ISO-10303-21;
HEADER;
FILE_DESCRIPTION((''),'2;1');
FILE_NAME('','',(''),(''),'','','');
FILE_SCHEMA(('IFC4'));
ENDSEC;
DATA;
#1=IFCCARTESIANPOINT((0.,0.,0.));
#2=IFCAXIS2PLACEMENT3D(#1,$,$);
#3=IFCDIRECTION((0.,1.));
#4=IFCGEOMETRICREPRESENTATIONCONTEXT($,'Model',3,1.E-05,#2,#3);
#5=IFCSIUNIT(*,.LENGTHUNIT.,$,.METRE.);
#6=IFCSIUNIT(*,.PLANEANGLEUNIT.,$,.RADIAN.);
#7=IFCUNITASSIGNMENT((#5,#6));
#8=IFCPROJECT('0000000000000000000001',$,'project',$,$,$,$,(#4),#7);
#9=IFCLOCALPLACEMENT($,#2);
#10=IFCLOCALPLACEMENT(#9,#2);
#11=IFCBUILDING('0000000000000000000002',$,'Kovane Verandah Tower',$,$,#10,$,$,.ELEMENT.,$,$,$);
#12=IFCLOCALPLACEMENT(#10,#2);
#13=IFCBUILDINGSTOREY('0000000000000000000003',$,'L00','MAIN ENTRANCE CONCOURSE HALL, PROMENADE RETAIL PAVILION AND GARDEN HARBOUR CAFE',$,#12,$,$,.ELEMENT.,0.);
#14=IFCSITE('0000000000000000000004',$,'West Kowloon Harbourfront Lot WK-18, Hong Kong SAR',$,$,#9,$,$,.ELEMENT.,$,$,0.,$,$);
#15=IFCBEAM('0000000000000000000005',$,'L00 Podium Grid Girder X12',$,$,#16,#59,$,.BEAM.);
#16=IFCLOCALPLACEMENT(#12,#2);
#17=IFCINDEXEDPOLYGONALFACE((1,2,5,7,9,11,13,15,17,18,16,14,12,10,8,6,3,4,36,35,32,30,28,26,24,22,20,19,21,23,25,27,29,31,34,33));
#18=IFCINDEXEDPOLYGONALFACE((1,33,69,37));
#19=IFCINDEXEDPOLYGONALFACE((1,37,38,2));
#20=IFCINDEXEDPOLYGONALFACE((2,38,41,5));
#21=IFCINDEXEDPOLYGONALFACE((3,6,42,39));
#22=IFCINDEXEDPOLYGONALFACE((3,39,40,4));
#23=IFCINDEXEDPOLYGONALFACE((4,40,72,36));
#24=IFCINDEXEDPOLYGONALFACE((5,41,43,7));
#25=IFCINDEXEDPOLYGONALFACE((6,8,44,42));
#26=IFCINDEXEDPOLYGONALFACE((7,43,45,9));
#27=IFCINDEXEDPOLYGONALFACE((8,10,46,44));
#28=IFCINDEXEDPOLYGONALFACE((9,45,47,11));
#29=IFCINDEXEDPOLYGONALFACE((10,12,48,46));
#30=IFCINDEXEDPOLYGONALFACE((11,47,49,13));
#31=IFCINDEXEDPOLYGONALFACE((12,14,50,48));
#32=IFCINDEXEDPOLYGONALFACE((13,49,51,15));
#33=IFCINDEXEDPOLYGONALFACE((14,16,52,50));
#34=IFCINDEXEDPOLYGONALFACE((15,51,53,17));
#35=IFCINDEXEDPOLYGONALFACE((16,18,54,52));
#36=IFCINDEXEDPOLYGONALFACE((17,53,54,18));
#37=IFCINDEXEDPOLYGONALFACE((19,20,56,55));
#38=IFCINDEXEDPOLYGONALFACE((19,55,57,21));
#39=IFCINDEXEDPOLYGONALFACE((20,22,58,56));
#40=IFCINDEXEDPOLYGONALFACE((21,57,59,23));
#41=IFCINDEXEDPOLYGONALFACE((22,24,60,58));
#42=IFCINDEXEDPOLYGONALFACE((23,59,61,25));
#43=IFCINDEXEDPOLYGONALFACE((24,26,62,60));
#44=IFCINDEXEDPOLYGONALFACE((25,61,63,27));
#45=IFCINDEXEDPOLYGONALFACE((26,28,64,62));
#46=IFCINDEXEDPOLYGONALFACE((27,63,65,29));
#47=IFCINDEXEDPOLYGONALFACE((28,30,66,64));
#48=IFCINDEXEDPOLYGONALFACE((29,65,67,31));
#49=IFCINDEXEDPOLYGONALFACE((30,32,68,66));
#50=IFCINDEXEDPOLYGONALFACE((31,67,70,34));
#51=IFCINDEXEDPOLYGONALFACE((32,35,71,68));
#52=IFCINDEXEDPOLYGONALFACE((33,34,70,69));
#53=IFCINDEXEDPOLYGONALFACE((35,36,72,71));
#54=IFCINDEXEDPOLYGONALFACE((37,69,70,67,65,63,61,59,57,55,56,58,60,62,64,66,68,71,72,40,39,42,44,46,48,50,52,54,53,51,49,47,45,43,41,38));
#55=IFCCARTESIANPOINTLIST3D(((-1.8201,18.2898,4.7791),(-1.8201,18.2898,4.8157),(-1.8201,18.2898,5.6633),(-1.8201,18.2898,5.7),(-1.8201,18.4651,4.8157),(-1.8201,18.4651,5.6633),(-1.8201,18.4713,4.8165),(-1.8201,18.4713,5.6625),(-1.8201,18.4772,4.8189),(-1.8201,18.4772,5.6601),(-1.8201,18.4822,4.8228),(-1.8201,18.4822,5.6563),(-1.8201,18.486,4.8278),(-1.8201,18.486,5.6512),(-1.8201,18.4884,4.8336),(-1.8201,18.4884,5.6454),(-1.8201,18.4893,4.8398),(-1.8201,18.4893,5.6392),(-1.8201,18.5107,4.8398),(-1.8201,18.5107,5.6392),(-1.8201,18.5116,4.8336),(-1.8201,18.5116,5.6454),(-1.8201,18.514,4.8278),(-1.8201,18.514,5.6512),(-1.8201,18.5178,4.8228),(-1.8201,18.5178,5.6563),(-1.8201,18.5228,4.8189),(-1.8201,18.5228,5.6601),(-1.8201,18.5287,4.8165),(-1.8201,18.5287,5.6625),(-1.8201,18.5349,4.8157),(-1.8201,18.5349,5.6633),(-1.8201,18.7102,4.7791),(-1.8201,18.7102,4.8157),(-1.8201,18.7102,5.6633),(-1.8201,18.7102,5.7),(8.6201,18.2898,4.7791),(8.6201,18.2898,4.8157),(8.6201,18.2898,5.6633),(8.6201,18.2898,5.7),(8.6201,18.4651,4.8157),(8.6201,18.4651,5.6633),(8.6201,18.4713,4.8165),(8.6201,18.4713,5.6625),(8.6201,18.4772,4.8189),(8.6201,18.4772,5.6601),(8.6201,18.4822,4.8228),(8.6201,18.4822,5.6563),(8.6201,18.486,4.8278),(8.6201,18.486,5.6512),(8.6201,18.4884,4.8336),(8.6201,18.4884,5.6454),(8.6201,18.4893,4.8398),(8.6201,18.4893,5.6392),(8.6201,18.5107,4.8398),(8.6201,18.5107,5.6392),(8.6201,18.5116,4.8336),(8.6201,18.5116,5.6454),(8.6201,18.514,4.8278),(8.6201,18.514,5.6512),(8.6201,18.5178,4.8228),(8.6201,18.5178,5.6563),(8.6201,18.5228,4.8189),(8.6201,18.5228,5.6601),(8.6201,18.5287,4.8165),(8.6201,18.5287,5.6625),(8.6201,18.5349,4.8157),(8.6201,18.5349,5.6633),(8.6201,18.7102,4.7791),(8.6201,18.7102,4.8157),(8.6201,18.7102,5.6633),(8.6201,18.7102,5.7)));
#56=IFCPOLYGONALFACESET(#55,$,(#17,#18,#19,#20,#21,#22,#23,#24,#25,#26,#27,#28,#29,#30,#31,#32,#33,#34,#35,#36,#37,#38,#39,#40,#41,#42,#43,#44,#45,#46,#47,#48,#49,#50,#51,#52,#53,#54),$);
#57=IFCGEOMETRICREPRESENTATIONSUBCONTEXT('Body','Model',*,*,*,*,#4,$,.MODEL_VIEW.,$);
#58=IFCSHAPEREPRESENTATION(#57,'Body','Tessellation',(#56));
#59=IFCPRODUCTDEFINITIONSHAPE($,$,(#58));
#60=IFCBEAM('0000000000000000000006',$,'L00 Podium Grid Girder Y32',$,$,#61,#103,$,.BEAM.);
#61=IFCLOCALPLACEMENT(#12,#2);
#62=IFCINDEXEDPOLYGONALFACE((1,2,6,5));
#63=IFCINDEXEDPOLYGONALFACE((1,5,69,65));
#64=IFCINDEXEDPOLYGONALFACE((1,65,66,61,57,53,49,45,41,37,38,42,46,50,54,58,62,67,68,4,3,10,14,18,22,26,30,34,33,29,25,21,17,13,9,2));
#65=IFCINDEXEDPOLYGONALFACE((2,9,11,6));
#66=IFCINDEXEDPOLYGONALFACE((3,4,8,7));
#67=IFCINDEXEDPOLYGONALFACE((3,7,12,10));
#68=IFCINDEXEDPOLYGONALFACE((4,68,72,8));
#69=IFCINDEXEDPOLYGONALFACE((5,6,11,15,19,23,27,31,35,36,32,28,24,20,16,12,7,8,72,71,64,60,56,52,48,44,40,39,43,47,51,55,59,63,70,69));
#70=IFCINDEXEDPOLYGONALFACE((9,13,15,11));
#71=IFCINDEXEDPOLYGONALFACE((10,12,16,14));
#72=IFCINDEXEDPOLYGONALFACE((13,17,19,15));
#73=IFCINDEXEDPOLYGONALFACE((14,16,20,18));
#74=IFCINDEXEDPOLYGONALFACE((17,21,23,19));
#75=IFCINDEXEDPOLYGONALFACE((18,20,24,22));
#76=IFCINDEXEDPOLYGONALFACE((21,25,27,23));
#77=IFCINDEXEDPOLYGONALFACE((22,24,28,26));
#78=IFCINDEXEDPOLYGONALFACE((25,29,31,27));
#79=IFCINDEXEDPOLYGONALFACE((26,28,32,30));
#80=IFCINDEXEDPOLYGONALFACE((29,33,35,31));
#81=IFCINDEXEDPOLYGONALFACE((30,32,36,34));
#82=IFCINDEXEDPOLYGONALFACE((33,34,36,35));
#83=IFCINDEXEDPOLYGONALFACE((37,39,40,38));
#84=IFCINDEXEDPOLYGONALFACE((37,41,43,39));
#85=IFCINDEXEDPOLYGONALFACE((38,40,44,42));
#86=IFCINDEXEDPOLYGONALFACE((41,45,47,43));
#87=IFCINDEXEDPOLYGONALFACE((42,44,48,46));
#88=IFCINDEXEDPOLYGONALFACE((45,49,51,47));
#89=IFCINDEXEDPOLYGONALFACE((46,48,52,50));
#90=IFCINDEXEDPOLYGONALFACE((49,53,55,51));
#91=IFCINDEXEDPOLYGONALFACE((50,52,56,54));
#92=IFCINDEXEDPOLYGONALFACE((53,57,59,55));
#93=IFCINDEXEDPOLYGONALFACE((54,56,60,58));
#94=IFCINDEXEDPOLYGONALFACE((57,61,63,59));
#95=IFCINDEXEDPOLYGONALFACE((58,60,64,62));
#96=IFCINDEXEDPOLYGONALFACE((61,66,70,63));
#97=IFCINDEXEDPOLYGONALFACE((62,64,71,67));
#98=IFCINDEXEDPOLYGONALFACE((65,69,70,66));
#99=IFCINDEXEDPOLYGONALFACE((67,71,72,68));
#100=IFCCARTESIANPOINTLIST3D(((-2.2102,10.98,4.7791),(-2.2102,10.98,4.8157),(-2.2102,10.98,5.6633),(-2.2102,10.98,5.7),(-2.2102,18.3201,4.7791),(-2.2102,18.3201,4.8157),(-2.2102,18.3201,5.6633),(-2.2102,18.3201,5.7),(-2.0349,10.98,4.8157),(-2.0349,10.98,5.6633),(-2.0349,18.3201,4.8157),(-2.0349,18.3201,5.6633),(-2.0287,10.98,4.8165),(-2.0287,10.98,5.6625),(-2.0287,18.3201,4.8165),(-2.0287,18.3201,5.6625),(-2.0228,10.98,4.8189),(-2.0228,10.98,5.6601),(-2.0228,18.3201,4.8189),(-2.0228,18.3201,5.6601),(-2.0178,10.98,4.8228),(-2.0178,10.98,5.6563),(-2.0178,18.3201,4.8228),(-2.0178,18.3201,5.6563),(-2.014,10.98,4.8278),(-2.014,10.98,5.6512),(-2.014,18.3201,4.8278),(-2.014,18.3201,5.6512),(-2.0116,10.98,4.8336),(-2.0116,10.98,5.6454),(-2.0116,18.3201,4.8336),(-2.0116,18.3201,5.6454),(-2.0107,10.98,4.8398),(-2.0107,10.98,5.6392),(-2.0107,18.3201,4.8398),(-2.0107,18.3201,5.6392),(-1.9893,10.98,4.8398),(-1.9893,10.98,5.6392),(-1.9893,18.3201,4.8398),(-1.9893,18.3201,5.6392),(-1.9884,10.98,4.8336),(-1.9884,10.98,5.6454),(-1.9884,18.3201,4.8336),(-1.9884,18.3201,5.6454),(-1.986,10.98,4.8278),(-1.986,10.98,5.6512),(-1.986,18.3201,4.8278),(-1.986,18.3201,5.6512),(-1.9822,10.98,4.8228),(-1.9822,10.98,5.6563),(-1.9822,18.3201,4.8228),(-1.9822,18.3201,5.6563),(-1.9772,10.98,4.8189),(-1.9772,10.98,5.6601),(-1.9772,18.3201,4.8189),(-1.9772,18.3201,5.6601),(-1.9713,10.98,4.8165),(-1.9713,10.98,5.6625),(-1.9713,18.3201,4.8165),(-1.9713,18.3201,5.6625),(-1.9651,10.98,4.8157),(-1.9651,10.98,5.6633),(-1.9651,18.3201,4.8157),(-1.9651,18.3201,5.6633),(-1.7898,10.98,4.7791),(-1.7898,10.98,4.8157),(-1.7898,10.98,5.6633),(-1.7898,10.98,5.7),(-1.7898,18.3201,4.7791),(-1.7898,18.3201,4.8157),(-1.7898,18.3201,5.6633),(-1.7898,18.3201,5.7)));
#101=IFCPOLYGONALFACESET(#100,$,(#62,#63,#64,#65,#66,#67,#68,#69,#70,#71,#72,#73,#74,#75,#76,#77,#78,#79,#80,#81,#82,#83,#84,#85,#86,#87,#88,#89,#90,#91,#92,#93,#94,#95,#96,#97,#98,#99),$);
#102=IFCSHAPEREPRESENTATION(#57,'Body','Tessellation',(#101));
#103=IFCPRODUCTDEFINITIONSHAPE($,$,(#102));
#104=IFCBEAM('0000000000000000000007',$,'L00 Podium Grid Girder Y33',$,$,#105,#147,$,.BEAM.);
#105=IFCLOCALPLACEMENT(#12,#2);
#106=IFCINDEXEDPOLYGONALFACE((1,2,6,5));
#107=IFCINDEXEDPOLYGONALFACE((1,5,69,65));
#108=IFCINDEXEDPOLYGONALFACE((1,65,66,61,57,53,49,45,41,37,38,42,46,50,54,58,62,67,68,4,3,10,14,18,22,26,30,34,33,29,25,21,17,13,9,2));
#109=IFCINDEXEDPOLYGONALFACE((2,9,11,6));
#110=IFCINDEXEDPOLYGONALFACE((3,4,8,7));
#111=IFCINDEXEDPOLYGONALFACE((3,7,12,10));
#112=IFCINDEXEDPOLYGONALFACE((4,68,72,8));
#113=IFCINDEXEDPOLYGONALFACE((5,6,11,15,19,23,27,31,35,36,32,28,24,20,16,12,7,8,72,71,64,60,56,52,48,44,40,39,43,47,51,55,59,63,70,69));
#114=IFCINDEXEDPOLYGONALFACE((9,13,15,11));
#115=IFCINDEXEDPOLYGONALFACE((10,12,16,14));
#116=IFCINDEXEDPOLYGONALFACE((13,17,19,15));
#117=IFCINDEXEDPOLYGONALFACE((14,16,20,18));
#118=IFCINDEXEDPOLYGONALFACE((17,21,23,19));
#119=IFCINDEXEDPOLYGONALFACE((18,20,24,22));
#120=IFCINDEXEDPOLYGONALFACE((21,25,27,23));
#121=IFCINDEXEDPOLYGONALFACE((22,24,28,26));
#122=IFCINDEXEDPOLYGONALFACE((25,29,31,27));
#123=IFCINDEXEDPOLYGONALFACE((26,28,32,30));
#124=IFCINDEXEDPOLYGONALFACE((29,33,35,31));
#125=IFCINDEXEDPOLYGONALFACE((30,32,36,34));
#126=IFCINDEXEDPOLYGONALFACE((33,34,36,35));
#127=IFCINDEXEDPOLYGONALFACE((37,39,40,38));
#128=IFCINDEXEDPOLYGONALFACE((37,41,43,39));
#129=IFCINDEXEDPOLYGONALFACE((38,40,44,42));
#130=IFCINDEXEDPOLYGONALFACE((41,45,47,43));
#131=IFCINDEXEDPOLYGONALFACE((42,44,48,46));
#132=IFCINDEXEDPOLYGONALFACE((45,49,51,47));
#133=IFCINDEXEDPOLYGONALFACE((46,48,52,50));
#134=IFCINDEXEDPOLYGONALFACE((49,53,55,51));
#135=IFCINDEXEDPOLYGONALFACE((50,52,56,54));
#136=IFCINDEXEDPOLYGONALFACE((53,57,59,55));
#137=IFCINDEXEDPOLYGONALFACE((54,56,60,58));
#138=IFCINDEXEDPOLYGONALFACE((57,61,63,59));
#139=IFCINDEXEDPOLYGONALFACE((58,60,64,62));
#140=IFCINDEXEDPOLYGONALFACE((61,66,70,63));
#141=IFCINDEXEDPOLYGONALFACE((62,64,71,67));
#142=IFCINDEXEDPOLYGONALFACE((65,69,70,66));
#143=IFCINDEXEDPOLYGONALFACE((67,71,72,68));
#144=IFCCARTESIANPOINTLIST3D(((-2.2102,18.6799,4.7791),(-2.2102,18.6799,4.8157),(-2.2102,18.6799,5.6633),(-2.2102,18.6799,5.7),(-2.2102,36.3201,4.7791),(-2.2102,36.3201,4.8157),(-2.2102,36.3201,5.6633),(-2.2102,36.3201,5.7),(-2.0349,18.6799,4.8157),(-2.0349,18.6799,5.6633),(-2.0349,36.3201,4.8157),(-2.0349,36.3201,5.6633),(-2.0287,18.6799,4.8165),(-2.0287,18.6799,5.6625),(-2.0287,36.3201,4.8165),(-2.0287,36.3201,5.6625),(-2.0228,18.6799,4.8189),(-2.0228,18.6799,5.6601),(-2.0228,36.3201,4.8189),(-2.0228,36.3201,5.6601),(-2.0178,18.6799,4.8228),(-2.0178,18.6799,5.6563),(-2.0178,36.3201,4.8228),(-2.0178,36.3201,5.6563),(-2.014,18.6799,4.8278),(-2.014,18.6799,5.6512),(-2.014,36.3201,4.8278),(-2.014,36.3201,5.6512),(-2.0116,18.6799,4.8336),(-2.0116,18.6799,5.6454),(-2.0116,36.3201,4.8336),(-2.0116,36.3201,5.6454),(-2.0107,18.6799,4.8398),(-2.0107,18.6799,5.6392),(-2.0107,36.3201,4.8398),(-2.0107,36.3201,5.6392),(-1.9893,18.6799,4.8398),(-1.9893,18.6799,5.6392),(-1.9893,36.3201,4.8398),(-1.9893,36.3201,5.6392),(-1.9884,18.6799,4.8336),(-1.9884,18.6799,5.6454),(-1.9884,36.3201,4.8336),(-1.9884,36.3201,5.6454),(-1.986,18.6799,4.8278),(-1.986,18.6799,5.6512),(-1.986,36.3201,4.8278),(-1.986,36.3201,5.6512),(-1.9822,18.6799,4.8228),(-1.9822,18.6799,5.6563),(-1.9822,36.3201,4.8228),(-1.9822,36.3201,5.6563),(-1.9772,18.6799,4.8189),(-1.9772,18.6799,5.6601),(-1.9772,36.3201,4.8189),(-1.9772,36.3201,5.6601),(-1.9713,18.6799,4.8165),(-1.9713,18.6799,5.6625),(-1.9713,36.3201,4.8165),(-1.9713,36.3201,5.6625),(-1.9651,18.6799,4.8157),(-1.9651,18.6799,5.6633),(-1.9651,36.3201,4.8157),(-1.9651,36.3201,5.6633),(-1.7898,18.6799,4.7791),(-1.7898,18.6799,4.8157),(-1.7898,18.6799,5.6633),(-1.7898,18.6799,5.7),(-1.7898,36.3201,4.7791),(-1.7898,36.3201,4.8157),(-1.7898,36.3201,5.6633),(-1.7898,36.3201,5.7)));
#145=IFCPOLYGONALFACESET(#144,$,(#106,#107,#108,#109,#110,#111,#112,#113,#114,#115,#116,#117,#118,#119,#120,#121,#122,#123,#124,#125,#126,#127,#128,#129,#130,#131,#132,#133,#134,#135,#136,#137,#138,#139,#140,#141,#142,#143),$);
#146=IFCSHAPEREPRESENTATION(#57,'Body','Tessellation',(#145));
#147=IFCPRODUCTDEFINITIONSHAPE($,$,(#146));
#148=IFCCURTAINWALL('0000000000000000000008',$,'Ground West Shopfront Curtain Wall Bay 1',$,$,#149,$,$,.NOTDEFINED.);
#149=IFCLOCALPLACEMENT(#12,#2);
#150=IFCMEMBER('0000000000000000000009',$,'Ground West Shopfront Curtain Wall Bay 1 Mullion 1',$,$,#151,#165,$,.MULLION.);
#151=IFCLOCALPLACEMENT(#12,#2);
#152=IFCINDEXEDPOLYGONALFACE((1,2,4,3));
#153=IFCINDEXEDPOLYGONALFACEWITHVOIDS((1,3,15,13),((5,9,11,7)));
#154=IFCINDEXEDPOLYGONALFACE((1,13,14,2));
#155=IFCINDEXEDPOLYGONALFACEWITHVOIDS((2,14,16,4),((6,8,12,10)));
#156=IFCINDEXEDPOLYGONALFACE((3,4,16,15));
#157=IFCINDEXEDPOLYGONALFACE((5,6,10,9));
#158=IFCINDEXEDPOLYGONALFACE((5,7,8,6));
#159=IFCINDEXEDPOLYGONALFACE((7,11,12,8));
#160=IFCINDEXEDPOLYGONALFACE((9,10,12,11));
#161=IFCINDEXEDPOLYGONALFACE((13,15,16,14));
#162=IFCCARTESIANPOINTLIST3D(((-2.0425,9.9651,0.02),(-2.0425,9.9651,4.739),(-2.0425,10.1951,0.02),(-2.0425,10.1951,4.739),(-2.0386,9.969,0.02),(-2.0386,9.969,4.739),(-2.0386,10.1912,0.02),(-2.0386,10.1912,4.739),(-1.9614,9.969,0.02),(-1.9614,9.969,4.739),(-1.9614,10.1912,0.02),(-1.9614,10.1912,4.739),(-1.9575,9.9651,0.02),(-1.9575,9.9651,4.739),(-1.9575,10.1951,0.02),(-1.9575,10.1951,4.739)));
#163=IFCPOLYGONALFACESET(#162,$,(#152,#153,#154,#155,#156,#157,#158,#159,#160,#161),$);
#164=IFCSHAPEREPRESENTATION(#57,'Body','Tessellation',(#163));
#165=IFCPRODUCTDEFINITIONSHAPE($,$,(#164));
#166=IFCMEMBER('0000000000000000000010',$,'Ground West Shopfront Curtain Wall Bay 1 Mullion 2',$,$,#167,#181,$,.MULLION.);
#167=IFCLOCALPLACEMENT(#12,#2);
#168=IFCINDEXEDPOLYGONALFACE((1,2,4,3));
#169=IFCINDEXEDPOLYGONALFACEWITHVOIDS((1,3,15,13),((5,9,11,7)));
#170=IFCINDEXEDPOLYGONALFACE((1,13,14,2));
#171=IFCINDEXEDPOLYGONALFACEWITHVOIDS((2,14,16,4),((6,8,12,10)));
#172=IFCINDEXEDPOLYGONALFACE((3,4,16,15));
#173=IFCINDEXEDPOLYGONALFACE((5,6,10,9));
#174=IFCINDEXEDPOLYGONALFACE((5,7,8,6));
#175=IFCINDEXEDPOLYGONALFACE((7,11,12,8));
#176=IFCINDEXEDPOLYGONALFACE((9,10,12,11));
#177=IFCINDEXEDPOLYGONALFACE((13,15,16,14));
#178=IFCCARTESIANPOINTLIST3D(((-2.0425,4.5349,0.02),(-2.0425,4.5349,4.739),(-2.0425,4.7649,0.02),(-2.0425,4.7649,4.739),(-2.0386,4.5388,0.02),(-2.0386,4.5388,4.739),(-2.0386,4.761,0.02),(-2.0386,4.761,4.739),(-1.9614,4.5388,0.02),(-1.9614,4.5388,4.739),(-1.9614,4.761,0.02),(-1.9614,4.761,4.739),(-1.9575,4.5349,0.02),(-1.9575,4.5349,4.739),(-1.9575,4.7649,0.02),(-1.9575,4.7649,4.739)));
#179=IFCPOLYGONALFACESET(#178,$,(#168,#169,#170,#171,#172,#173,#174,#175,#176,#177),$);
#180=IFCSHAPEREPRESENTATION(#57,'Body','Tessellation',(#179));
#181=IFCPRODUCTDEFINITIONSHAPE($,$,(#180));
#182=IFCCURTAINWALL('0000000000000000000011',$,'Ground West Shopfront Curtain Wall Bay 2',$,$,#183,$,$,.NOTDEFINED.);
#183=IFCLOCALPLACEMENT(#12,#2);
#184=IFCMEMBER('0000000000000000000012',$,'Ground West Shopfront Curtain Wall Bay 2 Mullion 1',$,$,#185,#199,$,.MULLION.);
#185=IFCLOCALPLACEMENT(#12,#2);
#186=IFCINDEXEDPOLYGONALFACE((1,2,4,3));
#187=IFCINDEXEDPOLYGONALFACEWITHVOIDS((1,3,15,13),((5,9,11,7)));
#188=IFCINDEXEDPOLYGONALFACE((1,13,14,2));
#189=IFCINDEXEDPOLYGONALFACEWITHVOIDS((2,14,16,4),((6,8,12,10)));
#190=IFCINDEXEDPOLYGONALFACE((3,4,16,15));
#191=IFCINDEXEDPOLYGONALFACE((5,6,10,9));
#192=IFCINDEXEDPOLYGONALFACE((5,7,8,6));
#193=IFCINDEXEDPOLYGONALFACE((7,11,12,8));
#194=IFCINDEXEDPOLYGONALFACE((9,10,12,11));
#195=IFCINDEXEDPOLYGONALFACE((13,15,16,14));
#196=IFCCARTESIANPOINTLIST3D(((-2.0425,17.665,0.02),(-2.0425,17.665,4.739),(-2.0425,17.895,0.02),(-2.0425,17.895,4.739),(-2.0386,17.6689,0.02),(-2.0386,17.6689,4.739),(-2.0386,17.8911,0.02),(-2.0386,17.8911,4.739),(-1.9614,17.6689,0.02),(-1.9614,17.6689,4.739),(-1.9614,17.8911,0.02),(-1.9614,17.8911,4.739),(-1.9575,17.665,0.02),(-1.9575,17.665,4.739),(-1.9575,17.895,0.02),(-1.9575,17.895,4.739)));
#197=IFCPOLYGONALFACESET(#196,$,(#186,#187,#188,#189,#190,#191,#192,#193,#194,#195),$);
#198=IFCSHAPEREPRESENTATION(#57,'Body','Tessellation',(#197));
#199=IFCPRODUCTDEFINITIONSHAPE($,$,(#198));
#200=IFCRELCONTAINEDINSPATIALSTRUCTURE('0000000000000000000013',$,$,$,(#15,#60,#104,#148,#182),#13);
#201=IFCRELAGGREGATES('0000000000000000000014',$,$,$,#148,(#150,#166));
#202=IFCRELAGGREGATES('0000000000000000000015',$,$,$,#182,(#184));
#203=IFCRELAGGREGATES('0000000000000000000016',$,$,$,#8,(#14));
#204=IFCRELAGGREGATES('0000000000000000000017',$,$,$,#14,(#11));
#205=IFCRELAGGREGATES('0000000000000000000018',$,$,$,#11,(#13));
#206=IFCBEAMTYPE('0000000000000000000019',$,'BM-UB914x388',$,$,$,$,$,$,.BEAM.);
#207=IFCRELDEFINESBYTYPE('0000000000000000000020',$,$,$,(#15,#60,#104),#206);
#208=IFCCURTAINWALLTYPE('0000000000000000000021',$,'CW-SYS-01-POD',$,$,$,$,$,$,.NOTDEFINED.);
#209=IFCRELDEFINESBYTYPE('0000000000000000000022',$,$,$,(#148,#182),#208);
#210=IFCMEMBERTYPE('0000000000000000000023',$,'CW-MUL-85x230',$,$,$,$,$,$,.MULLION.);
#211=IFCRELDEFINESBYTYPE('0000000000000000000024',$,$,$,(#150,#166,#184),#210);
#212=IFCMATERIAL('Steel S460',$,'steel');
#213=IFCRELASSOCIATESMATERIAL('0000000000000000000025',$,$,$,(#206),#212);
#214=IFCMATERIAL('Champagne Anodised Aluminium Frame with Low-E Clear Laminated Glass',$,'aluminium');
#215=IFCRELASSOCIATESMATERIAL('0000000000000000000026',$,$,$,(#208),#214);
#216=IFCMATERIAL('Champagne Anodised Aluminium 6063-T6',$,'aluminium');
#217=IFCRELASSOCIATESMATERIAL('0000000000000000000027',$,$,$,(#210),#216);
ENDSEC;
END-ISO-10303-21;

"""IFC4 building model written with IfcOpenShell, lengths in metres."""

from ifc_helpers import new_model, si_unit, direction, frame, origin, origin_2d, place, context, subcontext, project, spatial, hollow_rectangle, i_section, extrude, material, material_profile, profile_set, type_object, element, aggregate, save


model = new_model("IFC4")

# Units and contexts
model_context = context("Model", 3, precision=1e-05, world=origin(), true_north=direction((0.0, 1.0)))
body_context = subcontext(model_context, "Body", "Model", "MODEL_VIEW")
ifc_project = project(units=[si_unit("LENGTHUNIT", "METRE"), si_unit("PLANEANGLEUNIT", "RADIAN")], contexts=[model_context])

# Site, building, storey
site_placement = place(None, origin())
site = spatial("IfcSite", under=ifc_project, at=site_placement, Name="West Kowloon Harbourfront Lot WK-18, Hong Kong SAR", CompositionType="ELEMENT", RefElevation=0.0)
building_placement = place(site_placement, origin())
building = spatial("IfcBuilding", under=site, at=building_placement, Name="Kovane Verandah Tower", CompositionType="ELEMENT")
storey_placement = place(building_placement, origin())
storey = spatial("IfcBuildingStorey", under=building, at=storey_placement, Name="L00", Description="MAIN ENTRANCE CONCOURSE HALL, PROMENADE RETAIL PAVILION AND GARDEN HARBOUR CAFE", CompositionType="ELEMENT", Elevation=0.0)

# Shared definitions
ifc_material_1 = material(Name="Steel S460", Category="steel")

# Beams
ifc_material_profile_1 = material_profile(ifc_material_1, i_section(OverallWidth=0.4204, OverallDepth=0.9209, WebThickness=0.0215, FlangeThickness=0.0366, FilletRadius=0.0242, at=origin_2d()), Name="UB914x419x388")
ifc_profile_set_1 = profile_set([ifc_material_profile_1], Name="Steel S460")
beam_type_1 = type_object("IfcBeamType", Name="BM-UB914x388", PredefinedType="BEAM", material=ifc_profile_set_1)
for number, where, z_axis, x_axis, name in (
    (1, (-1.8201, 18.5, 5.2395), (1.0, 0.0, 0.0), (0.0, 1.0, 0.0), "L00 Podium Grid Girder X12"),
):
    element("IfcBeam", number, at=place(storey_placement, frame(where, z_axis=z_axis, x_axis=x_axis)), inside=storey, type_object=beam_type_1, Name=name, PredefinedType="BEAM", context=body_context, shape_type="SweptSolid", body=[
        extrude(i_section(OverallWidth=0.4204, OverallDepth=0.9209, WebThickness=0.0215, FlangeThickness=0.0366, FilletRadius=0.0242, at=origin_2d()), origin(), (0.0, 0.0, 1.0), 10.4402),
    ])
beam_1_placement = place(storey_placement, frame((-2.0, 10.98, 5.2395), z_axis=(0.0, 1.0, 0.0), x_axis=(-1.0, 0.0, 0.0)))
element("IfcBeam", 2, at=beam_1_placement, inside=storey, type_object=beam_type_1, Name="L00 Podium Grid Girder Y32", PredefinedType="BEAM", context=body_context, shape_type="SweptSolid", body=[
    extrude(i_section(OverallWidth=0.4204, OverallDepth=0.9209, WebThickness=0.0215, FlangeThickness=0.0366, FilletRadius=0.0242, at=origin_2d()), origin(), (0.0, 0.0, 1.0), 7.3401),
])
beam_2_placement = place(storey_placement, frame((-2.0, 18.6799, 5.2395), z_axis=(0.0, 1.0, 0.0), x_axis=(-1.0, 0.0, 0.0)))
element("IfcBeam", 3, at=beam_2_placement, inside=storey, type_object=beam_type_1, Name="L00 Podium Grid Girder Y33", PredefinedType="BEAM", context=body_context, shape_type="SweptSolid", body=[
    extrude(i_section(OverallWidth=0.4204, OverallDepth=0.9209, WebThickness=0.0215, FlangeThickness=0.0366, FilletRadius=0.0242, at=origin_2d()), origin(), (0.0, 0.0, 1.0), 17.6401),
])

# Curtain walls, members
ifc_material_2 = material(Name="Champagne Anodised Aluminium Frame with Low-E Clear Laminated Glass", Category="aluminium")
curtain_wall_type = type_object("IfcCurtainWallType", Name="CW-SYS-01-POD", PredefinedType="NOTDEFINED", material=ifc_material_2)
curtain_wall_1_placement = place(storey_placement, origin())
curtain_wall_1 = element("IfcCurtainWall", 4, at=curtain_wall_1_placement, inside=storey, type_object=curtain_wall_type, Name="Ground West Shopfront Curtain Wall Bay 1", PredefinedType="NOTDEFINED")
ifc_material_3 = material(Name="Champagne Anodised Aluminium 6063-T6", Category="aluminium")
ifc_material_profile_2 = material_profile(ifc_material_3, hollow_rectangle(XDim=0.085, YDim=0.23, WallThickness=0.0039, at=origin_2d()), Name="AL85x230x4")
ifc_profile_set_2 = profile_set([ifc_material_profile_2], Name="Champagne Anodised Aluminium 6063-T6")
member_type_1 = type_object("IfcMemberType", Name="CW-MUL-85x230", PredefinedType="MULLION", material=ifc_profile_set_2)
member_1_placement = place(storey_placement, frame((-2.0, 10.0801, 0.02), z_axis=(0.0, 0.0, 1.0), x_axis=(-1.0, 0.0, 0.0)))
member_1 = element("IfcMember", 5, at=member_1_placement, type_object=member_type_1, Name="Ground West Shopfront Curtain Wall Bay 1 Mullion 1", PredefinedType="MULLION", context=body_context, shape_type="SweptSolid", body=[
    extrude(hollow_rectangle(XDim=0.085, YDim=0.23, WallThickness=0.0039, at=origin_2d()), origin(), (0.0, 0.0, 1.0), 4.719),
])
member_2_placement = place(storey_placement, frame((-2.0, 4.6499, 0.02), z_axis=(0.0, 0.0, 1.0), x_axis=(-1.0, 0.0, 0.0)))
member_2 = element("IfcMember", 6, at=member_2_placement, type_object=member_type_1, Name="Ground West Shopfront Curtain Wall Bay 1 Mullion 2", PredefinedType="MULLION", context=body_context, shape_type="SweptSolid", body=[
    extrude(hollow_rectangle(XDim=0.085, YDim=0.23, WallThickness=0.0039, at=origin_2d()), origin(), (0.0, 0.0, 1.0), 4.719),
])
curtain_wall_2_placement = place(storey_placement, origin())
curtain_wall_2 = element("IfcCurtainWall", 7, at=curtain_wall_2_placement, inside=storey, type_object=curtain_wall_type, Name="Ground West Shopfront Curtain Wall Bay 2", PredefinedType="NOTDEFINED")
member_3_placement = place(storey_placement, frame((-2.0, 17.78, 0.02), z_axis=(0.0, 0.0, 1.0), x_axis=(-1.0, 0.0, 0.0)))
member_3 = element("IfcMember", 8, at=member_3_placement, type_object=member_type_1, Name="Ground West Shopfront Curtain Wall Bay 2 Mullion 1", PredefinedType="MULLION", context=body_context, shape_type="SweptSolid", body=[
    extrude(hollow_rectangle(XDim=0.085, YDim=0.23, WallThickness=0.0039, at=origin_2d()), origin(), (0.0, 0.0, 1.0), 4.719),
])

aggregate(curtain_wall_1, [member_1, member_2])
aggregate(curtain_wall_2, [member_3])

save(model, "model.ifc")
